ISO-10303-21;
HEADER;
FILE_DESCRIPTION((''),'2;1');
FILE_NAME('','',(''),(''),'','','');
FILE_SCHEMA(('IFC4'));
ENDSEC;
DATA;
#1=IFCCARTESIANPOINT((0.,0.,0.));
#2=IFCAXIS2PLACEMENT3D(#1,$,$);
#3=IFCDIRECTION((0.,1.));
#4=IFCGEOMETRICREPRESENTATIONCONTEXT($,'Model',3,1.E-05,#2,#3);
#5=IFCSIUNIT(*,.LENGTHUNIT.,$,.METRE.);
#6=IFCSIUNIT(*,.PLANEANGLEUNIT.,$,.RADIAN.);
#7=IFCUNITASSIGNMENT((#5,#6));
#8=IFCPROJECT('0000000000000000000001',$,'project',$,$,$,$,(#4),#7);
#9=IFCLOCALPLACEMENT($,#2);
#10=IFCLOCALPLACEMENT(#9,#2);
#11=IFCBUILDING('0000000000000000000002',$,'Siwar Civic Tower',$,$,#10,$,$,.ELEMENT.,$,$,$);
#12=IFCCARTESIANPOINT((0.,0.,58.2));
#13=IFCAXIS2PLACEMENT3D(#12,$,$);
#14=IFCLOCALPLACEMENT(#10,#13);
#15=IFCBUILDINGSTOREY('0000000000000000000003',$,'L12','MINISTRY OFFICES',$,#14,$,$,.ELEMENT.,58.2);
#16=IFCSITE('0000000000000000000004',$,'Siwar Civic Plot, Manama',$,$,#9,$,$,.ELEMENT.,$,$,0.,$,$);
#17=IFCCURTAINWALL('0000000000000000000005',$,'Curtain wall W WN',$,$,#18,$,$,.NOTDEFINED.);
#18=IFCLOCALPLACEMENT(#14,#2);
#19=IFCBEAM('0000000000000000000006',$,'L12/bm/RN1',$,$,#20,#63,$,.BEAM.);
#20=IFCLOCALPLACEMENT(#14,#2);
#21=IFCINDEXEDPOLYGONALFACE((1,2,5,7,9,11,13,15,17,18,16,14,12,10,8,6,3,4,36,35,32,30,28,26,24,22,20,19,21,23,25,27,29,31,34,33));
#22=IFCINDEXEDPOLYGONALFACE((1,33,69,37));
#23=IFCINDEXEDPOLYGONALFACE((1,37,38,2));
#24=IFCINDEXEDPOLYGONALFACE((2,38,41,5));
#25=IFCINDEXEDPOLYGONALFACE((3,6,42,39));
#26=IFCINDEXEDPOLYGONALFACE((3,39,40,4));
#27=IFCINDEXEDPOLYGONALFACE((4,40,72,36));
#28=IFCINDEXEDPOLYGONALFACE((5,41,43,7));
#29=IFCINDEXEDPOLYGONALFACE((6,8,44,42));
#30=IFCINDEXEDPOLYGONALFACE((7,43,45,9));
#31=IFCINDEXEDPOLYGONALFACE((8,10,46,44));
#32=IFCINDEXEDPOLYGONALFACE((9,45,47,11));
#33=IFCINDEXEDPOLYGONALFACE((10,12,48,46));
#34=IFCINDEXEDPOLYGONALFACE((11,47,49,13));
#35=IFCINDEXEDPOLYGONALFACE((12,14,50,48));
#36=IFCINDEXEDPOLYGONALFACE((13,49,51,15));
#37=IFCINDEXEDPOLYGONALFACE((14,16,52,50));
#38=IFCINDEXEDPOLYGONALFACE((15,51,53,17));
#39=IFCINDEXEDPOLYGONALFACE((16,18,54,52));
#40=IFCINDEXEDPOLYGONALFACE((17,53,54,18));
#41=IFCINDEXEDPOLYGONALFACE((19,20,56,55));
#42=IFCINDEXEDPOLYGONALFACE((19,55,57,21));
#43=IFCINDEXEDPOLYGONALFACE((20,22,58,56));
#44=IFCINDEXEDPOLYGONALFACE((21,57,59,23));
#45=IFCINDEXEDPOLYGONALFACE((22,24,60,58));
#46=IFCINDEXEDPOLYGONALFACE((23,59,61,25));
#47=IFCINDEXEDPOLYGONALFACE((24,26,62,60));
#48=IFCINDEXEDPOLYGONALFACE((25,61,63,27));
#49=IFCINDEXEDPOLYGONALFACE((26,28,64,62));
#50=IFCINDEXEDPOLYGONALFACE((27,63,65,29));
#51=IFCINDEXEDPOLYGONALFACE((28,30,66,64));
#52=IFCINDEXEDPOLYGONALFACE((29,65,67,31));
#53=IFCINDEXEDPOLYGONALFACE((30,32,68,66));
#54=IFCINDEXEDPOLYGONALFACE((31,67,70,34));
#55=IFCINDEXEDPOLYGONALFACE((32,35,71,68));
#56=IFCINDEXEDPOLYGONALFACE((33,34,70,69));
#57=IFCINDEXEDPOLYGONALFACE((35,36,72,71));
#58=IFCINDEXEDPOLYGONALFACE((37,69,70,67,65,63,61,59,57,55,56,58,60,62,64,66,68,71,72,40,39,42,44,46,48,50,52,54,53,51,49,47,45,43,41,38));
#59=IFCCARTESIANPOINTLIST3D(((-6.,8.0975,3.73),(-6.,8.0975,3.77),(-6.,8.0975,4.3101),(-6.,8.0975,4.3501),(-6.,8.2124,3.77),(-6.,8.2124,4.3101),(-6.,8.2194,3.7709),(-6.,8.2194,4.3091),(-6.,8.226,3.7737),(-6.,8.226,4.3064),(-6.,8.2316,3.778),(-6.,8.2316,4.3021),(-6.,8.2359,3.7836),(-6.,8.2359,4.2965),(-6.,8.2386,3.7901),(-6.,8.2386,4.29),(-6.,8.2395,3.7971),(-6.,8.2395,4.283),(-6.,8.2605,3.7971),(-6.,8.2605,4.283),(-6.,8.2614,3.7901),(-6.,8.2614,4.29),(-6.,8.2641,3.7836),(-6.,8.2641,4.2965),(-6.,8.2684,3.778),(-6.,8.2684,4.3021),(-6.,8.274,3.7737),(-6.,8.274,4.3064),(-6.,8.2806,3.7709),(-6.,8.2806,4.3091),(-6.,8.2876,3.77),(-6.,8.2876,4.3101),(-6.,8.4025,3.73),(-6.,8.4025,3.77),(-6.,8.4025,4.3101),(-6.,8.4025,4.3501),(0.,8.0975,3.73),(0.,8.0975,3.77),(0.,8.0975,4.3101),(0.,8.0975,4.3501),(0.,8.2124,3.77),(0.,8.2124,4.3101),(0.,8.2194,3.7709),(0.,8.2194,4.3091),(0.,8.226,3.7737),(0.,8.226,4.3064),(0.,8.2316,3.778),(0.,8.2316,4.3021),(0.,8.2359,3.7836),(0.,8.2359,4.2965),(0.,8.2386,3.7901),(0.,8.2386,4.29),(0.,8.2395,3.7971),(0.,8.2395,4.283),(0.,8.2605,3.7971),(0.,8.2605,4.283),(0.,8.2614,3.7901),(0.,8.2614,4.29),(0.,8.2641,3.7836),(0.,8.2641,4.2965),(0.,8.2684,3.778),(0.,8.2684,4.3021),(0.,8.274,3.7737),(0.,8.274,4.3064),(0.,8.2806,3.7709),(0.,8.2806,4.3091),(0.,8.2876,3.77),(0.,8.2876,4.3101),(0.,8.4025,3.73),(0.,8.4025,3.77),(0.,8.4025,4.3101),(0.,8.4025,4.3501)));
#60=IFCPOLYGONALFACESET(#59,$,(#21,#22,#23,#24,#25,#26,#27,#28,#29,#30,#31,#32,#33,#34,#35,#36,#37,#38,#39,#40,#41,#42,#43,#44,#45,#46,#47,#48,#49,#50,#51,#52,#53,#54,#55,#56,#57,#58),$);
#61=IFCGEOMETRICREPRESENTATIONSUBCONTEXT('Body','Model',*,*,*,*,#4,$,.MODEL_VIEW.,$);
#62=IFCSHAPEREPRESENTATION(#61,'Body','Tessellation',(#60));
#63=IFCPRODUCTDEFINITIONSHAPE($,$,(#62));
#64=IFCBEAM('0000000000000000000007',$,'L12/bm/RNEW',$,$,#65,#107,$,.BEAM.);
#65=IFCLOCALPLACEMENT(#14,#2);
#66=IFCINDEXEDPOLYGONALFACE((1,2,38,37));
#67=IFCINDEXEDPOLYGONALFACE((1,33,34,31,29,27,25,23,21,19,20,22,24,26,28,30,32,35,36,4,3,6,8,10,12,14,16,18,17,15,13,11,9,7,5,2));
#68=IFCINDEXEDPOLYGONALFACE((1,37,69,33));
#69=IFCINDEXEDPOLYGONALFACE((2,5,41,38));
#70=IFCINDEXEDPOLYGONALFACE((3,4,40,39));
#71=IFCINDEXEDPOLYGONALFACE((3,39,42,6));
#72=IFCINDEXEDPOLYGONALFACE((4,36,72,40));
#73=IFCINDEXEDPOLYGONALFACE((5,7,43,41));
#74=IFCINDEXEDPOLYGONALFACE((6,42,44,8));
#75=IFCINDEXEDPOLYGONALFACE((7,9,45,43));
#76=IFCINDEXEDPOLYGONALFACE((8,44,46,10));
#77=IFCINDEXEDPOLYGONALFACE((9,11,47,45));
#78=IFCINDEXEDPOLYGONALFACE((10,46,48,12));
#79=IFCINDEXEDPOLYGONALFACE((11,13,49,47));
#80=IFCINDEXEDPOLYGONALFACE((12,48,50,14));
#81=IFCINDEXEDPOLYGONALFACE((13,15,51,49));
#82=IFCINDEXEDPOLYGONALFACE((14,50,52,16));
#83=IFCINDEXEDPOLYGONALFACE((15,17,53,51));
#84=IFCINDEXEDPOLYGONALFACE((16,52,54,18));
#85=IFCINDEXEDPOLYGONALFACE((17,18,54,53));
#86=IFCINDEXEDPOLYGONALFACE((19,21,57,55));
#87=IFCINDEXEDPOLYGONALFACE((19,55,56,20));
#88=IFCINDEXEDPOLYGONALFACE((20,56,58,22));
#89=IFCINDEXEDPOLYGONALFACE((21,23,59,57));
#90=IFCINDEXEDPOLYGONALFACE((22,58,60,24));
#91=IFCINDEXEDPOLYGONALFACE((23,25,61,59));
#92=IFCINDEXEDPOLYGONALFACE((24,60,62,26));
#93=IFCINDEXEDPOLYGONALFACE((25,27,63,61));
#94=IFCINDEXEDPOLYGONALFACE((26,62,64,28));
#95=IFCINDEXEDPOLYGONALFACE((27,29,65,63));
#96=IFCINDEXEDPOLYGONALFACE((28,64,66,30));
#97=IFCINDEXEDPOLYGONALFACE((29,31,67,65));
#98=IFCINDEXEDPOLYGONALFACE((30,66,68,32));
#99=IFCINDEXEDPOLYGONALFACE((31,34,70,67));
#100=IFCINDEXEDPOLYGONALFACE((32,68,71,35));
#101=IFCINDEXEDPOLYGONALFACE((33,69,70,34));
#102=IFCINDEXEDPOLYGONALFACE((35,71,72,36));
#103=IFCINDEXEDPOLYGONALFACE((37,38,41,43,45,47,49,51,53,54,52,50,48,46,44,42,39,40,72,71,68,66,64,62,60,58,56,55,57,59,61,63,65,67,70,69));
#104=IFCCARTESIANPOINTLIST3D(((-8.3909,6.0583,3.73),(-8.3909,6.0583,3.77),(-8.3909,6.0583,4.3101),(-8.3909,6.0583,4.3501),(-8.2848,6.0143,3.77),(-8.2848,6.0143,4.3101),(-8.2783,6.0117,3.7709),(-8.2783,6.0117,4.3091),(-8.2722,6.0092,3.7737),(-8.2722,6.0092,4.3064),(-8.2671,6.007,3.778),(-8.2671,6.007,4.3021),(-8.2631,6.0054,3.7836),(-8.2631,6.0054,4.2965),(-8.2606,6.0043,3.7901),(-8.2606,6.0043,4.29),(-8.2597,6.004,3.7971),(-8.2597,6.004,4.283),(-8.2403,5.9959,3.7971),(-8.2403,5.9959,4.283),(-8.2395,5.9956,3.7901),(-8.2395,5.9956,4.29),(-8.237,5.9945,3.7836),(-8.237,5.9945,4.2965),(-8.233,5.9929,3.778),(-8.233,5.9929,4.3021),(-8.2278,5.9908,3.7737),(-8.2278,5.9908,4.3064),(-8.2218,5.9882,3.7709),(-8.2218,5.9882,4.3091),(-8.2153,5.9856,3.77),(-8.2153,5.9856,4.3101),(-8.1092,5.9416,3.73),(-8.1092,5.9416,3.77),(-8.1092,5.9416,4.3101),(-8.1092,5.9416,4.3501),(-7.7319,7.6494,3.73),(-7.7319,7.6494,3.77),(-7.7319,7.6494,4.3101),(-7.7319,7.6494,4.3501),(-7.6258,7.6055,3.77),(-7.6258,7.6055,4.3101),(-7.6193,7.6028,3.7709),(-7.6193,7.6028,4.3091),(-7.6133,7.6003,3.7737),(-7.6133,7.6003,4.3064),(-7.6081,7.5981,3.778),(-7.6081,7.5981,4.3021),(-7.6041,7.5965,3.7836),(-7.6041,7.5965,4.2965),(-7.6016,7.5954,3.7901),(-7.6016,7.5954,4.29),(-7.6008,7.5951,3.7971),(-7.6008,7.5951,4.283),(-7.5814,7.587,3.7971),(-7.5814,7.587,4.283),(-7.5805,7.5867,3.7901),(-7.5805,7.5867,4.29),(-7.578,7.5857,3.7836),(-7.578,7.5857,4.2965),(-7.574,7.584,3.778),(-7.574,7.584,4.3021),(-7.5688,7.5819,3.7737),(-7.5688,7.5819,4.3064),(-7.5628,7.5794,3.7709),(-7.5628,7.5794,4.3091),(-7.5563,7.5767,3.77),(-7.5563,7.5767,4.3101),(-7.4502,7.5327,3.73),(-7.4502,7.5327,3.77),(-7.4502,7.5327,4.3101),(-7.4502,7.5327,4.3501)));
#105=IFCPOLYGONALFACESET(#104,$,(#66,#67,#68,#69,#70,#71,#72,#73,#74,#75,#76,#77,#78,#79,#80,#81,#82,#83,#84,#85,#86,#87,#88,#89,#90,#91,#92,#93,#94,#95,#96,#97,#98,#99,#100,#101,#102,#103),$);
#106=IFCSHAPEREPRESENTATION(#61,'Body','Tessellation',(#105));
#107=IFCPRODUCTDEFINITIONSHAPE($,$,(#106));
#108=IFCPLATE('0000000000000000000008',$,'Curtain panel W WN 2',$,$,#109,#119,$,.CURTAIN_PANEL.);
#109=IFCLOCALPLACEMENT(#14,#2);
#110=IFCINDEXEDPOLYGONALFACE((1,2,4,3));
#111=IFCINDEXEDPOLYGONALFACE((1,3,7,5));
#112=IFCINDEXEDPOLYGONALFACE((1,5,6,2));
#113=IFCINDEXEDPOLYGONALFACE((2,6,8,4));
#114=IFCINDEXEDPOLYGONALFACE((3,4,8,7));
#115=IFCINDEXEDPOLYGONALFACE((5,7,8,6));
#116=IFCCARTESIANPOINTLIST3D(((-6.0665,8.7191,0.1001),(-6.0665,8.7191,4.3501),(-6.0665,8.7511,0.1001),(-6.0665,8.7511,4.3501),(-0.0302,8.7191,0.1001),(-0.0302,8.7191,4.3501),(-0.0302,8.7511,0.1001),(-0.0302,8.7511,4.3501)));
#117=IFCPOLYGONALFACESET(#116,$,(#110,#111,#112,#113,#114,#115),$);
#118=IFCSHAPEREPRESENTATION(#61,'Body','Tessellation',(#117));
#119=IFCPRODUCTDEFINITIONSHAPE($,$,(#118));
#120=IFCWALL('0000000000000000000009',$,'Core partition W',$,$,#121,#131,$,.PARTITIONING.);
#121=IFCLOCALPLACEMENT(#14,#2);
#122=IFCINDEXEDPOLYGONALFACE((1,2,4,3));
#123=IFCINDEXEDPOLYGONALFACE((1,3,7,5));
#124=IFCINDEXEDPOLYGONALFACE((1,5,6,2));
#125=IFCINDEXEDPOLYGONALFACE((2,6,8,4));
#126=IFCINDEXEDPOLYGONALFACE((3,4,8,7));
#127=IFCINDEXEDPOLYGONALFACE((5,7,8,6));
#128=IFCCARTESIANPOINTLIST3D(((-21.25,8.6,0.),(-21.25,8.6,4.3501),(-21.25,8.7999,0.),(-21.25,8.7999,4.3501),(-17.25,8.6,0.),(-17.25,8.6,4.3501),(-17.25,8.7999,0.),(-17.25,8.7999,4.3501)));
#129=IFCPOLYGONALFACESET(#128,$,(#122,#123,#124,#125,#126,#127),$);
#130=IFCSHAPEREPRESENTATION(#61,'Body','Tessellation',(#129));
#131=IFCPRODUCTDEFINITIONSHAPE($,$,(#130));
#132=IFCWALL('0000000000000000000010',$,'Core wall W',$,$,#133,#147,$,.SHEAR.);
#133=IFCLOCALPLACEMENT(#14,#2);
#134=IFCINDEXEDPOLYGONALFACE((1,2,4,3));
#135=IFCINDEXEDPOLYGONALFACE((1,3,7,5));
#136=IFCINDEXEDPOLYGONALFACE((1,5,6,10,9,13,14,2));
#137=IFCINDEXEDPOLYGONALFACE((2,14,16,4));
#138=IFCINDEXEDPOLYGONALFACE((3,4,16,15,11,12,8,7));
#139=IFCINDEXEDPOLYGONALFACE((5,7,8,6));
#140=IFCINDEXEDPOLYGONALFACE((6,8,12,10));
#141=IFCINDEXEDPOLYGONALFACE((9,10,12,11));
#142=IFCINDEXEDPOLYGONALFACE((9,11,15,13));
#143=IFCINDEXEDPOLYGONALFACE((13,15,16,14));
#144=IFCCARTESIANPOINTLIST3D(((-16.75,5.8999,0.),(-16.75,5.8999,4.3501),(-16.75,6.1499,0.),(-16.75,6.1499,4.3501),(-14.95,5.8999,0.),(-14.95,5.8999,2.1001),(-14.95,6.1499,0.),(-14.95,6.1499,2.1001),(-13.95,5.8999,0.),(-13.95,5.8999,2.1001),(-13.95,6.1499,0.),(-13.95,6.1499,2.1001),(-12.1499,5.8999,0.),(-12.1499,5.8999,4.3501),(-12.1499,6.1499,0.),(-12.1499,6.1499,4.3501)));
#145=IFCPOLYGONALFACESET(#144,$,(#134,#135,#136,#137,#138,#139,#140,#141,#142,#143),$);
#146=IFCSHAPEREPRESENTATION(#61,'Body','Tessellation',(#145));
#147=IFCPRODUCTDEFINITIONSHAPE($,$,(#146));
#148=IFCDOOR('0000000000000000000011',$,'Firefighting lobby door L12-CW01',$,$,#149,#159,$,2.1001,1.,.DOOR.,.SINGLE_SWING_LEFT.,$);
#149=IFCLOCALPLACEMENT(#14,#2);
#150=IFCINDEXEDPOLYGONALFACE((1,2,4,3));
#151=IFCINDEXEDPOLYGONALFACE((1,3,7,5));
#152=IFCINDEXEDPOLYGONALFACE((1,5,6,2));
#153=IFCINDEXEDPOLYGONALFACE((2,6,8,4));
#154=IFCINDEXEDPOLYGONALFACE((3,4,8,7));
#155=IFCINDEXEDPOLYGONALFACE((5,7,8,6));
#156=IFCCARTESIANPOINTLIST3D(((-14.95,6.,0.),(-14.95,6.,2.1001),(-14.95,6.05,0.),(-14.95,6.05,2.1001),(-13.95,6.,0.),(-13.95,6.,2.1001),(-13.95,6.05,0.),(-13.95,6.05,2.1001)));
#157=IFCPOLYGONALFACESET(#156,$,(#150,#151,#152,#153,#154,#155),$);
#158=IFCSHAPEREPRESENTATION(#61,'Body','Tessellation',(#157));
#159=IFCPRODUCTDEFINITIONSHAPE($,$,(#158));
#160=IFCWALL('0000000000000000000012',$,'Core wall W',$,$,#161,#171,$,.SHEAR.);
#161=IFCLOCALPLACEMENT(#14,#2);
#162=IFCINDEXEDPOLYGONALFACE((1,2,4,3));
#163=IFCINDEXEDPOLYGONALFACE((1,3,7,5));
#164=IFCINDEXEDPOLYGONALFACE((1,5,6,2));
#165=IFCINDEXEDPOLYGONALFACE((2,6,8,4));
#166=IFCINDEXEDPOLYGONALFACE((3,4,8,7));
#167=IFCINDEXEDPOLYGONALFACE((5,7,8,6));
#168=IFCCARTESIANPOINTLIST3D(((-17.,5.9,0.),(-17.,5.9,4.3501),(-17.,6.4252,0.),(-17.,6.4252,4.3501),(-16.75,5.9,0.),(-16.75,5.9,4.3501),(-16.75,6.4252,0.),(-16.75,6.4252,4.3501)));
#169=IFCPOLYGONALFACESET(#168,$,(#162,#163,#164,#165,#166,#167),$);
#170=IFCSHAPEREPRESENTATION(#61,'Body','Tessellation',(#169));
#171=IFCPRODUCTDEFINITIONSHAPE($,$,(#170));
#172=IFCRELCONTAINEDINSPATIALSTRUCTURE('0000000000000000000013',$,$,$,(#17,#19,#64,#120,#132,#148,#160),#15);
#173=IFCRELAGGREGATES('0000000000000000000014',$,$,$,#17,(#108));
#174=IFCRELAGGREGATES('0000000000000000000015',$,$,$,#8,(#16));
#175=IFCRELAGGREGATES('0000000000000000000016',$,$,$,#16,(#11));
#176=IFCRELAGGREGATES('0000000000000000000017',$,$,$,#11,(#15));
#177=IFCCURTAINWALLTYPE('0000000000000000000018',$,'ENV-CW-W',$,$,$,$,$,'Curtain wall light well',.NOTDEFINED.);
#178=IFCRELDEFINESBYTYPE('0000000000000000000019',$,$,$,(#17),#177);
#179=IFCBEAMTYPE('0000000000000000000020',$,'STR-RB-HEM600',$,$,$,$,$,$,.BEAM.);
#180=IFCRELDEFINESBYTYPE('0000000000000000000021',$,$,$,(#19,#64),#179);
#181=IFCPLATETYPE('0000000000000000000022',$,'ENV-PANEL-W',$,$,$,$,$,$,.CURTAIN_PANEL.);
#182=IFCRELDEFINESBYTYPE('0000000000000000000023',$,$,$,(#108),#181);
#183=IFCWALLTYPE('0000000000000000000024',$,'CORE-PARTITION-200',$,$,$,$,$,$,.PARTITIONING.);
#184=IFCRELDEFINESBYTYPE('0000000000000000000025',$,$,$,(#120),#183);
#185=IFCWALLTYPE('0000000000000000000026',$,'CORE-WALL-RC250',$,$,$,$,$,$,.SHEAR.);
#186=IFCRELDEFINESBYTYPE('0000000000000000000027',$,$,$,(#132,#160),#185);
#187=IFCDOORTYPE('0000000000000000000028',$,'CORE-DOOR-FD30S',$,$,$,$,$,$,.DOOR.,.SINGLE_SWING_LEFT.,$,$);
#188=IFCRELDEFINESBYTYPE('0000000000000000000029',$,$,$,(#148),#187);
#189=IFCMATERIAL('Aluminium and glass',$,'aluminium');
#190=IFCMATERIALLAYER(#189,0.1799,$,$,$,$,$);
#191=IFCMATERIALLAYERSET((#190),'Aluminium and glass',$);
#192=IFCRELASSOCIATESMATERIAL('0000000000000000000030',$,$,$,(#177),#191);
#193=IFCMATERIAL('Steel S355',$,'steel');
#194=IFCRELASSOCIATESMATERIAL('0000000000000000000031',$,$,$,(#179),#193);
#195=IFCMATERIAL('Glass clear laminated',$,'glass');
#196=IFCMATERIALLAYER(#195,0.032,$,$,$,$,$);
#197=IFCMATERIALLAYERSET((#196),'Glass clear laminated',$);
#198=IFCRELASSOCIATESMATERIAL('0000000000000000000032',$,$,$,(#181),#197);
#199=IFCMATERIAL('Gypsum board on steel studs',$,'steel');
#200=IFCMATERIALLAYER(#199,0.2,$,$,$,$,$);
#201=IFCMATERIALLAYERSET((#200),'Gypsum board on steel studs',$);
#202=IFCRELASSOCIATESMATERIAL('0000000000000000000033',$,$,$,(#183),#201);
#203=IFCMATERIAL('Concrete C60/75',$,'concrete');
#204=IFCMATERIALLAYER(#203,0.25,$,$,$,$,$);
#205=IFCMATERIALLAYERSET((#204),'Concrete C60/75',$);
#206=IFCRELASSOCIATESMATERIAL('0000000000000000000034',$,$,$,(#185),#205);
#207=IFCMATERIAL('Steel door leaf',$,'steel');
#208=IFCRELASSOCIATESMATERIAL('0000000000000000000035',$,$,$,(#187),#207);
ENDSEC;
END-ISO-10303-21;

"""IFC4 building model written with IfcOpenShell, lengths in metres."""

from ifc_helpers import new_model, si_unit, direction, frame, frame_2d, origin, origin_2d, place, context, subcontext, project, spatial, rectangle, i_section, extrude, material, layer, layer_set, material_profile, profile_set, type_object, element, fill, aggregate, save


model = new_model("IFC4")

# Units and contexts
model_context = context("Model", 3, precision=1e-05, world=origin(), true_north=direction((0.0, 1.0)))
body_context = subcontext(model_context, "Body", "Model", "MODEL_VIEW")
ifc_project = project(units=[si_unit("LENGTHUNIT", "METRE"), si_unit("PLANEANGLEUNIT", "RADIAN")], contexts=[model_context])

# Site, building, storey
site_placement = place(None, origin())
site = spatial("IfcSite", under=ifc_project, at=site_placement, Name="Siwar Civic Plot, Manama", CompositionType="ELEMENT", RefElevation=0.0)
building_placement = place(site_placement, origin())
building = spatial("IfcBuilding", under=site, at=building_placement, Name="Siwar Civic Tower", CompositionType="ELEMENT")
storey_placement = place(building_placement, frame((0.0, 0.0, 58.2)))
storey = spatial("IfcBuildingStorey", under=building, at=storey_placement, Name="L12", Description="MINISTRY OFFICES", CompositionType="ELEMENT", Elevation=58.2)

# Curtain wall
ifc_material_1 = material(Name="Aluminium and glass", Category="aluminium")
ifc_layer_1 = layer(ifc_material_1, 0.1799)
ifc_layer_set_1 = layer_set([ifc_layer_1], Name="Aluminium and glass")
curtain_wall_type = type_object("IfcCurtainWallType", Name="ENV-CW-W", ElementType="Curtain wall light well", PredefinedType="NOTDEFINED", material=ifc_layer_set_1)
curtain_wall_placement = place(storey_placement, origin())
curtain_wall = element("IfcCurtainWall", 1, at=curtain_wall_placement, inside=storey, type_object=curtain_wall_type, Name="Curtain wall W WN", PredefinedType="NOTDEFINED")

# Beams
ifc_material_2 = material(Name="Steel S355", Category="steel")
ifc_material_profile_1 = material_profile(ifc_material_2, i_section(OverallWidth=0.3049, OverallDepth=0.6201, WebThickness=0.021, FlangeThickness=0.04, FilletRadius=0.0271, at=origin_2d()), Name="HEM600")
ifc_profile_set_1 = profile_set([ifc_material_profile_1], Name="Steel S355")
beam_type_1 = type_object("IfcBeamType", Name="STR-RB-HEM600", PredefinedType="BEAM", material=ifc_profile_set_1)
beam_1_placement = place(storey_placement, frame((-6.0, 8.25, 4.04), z_axis=(1.0, 0.0, 0.0), x_axis=(0.0, 1.0, 0.0)))
element("IfcBeam", 2, at=beam_1_placement, inside=storey, type_object=beam_type_1, Name="L12/bm/RN1", PredefinedType="BEAM", context=body_context, shape_type="SweptSolid", body=[
    extrude(i_section(OverallWidth=0.3049, OverallDepth=0.6201, WebThickness=0.021, FlangeThickness=0.04, FilletRadius=0.0271, at=origin_2d()), origin(), (0.0, 0.0, 1.0), 6.0),
])
beam_2_placement = place(storey_placement, frame((-7.5911, 7.5911, 4.04), z_axis=(-0.382631, -0.923901, 0.0), x_axis=(0.923901, -0.382631, 0.0)))
element("IfcBeam", 3, at=beam_2_placement, inside=storey, type_object=beam_type_1, Name="L12/bm/RNEW", PredefinedType="BEAM", context=body_context, shape_type="SweptSolid", body=[
    extrude(i_section(OverallWidth=0.3049, OverallDepth=0.6201, WebThickness=0.021, FlangeThickness=0.04, FilletRadius=0.0271, at=origin_2d()), origin(), (0.0, 0.0, 1.0), 1.7222),
])

# Plate
ifc_material_3 = material(Name="Glass clear laminated", Category="glass")
ifc_layer_2 = layer(ifc_material_3, 0.032)
ifc_layer_set_2 = layer_set([ifc_layer_2], Name="Glass clear laminated")
plate_type = type_object("IfcPlateType", Name="ENV-PANEL-W", PredefinedType="CURTAIN_PANEL", material=ifc_layer_set_2)
plate_placement = place(storey_placement, frame((-3.0483, 8.7351, 0.1001), z_axis=(0.0, 0.0, 1.0), x_axis=(-1.0, 0.0, 0.0)))
plate = element("IfcPlate", 4, at=plate_placement, type_object=plate_type, Name="Curtain panel W WN 2", PredefinedType="CURTAIN_PANEL", context=body_context, shape_type="SweptSolid", body=[
    extrude(rectangle(XDim=6.0364, YDim=0.032, at=origin_2d()), origin(), (0.0, 0.0, 1.0), 4.25),
])
aggregate(curtain_wall, [plate])

# Wall
ifc_material_4 = material(Name="Gypsum board on steel studs", Category="steel")
ifc_layer_3 = layer(ifc_material_4, 0.2)
ifc_layer_set_3 = layer_set([ifc_layer_3], Name="Gypsum board on steel studs")
wall_type_1 = type_object("IfcWallType", Name="CORE-PARTITION-200", PredefinedType="PARTITIONING", material=ifc_layer_set_3)
wall_1_placement = place(storey_placement, frame((-17.25, 8.7, 0.0), z_axis=(0.0, 0.0, 1.0), x_axis=(-1.0, 0.0, 0.0)))
element("IfcWall", 5, at=wall_1_placement, inside=storey, type_object=wall_type_1, Name="Core partition W", PredefinedType="PARTITIONING", context=body_context, shape_type="SweptSolid", body=[
    extrude(rectangle(XDim=4.0, YDim=0.2, at=frame_2d((2.0, 0.0))), origin(), (0.0, 0.0, 1.0), 4.3501),
])

# Wall, opening, door
ifc_material_5 = material(Name="Concrete C60/75", Category="concrete")
ifc_layer_4 = layer(ifc_material_5, 0.25)
ifc_layer_set_4 = layer_set([ifc_layer_4], Name="Concrete C60/75")
wall_type_2 = type_object("IfcWallType", Name="CORE-WALL-RC250", PredefinedType="SHEAR", material=ifc_layer_set_4)
wall_2_placement = place(storey_placement, frame((-12.1499, 6.0249, 0.0), z_axis=(0.0, 0.0, 1.0), x_axis=(-1.0, 0.0, 0.0)))
wall_2 = element("IfcWall", 6, at=wall_2_placement, inside=storey, type_object=wall_type_2, Name="Core wall W", PredefinedType="SHEAR", context=body_context, shape_type="SweptSolid", body=[
    extrude(rectangle(XDim=4.6001, YDim=0.25, at=frame_2d((2.3, 0.0))), origin(), (0.0, 0.0, 1.0), 4.3501),
])
opening_1_placement = place(wall_2_placement, frame((1.8, 0.0, 0.0)))
opening_1 = element("IfcOpeningElement", 7, at=opening_1_placement, cuts=wall_2, PredefinedType="OPENING", context=body_context, shape_type="SweptSolid", body=[
    extrude(rectangle(XDim=1.0, YDim=2.1001, at=frame_2d((0.5, 1.05))), frame((0.0, 0.135, 0.0), z_axis=(0.0, -1.0, 0.0), x_axis=(1.0, 0.0, 0.0)), (0.0, 0.0, 1.0), 0.27),
])
ifc_material_6 = material(Name="Steel door leaf", Category="steel")
door_type_1 = type_object("IfcDoorType", Name="CORE-DOOR-FD30S", OperationType="SINGLE_SWING_LEFT", PredefinedType="DOOR", material=ifc_material_6)
door_1_placement = place(opening_1_placement, origin())
door_1 = element("IfcDoor", 8, at=door_1_placement, inside=storey, type_object=door_type_1, Name="Firefighting lobby door L12-CW01", OperationType="SINGLE_SWING_LEFT", OverallHeight=2.1001, OverallWidth=1.0, PredefinedType="DOOR", context=body_context, shape_type="SweptSolid", body=[
    extrude(rectangle(XDim=1.0, YDim=2.1001, at=frame_2d((0.5, 1.05))), frame((0.0, 0.0249, 0.0), z_axis=(0.0, -1.0, 0.0), x_axis=(1.0, 0.0, 0.0)), (0.0, 0.0, 1.0), 0.05),
])
fill(opening_1, door_1)

# Wall
wall_3_placement = place(storey_placement, frame((-16.875, 5.8999, 0.0), z_axis=(0.0, 0.0, 1.0), x_axis=(0.0, 1.0, 0.0)))
element("IfcWall", 9, at=wall_3_placement, inside=storey, type_object=wall_type_2, Name="Core wall W", PredefinedType="SHEAR", context=body_context, shape_type="SweptSolid", body=[
    extrude(rectangle(XDim=0.5251, YDim=0.25, at=frame_2d((0.2627, 0.0))), origin(), (0.0, 0.0, 1.0), 4.3501),
])

save(model, "model.ifc")
